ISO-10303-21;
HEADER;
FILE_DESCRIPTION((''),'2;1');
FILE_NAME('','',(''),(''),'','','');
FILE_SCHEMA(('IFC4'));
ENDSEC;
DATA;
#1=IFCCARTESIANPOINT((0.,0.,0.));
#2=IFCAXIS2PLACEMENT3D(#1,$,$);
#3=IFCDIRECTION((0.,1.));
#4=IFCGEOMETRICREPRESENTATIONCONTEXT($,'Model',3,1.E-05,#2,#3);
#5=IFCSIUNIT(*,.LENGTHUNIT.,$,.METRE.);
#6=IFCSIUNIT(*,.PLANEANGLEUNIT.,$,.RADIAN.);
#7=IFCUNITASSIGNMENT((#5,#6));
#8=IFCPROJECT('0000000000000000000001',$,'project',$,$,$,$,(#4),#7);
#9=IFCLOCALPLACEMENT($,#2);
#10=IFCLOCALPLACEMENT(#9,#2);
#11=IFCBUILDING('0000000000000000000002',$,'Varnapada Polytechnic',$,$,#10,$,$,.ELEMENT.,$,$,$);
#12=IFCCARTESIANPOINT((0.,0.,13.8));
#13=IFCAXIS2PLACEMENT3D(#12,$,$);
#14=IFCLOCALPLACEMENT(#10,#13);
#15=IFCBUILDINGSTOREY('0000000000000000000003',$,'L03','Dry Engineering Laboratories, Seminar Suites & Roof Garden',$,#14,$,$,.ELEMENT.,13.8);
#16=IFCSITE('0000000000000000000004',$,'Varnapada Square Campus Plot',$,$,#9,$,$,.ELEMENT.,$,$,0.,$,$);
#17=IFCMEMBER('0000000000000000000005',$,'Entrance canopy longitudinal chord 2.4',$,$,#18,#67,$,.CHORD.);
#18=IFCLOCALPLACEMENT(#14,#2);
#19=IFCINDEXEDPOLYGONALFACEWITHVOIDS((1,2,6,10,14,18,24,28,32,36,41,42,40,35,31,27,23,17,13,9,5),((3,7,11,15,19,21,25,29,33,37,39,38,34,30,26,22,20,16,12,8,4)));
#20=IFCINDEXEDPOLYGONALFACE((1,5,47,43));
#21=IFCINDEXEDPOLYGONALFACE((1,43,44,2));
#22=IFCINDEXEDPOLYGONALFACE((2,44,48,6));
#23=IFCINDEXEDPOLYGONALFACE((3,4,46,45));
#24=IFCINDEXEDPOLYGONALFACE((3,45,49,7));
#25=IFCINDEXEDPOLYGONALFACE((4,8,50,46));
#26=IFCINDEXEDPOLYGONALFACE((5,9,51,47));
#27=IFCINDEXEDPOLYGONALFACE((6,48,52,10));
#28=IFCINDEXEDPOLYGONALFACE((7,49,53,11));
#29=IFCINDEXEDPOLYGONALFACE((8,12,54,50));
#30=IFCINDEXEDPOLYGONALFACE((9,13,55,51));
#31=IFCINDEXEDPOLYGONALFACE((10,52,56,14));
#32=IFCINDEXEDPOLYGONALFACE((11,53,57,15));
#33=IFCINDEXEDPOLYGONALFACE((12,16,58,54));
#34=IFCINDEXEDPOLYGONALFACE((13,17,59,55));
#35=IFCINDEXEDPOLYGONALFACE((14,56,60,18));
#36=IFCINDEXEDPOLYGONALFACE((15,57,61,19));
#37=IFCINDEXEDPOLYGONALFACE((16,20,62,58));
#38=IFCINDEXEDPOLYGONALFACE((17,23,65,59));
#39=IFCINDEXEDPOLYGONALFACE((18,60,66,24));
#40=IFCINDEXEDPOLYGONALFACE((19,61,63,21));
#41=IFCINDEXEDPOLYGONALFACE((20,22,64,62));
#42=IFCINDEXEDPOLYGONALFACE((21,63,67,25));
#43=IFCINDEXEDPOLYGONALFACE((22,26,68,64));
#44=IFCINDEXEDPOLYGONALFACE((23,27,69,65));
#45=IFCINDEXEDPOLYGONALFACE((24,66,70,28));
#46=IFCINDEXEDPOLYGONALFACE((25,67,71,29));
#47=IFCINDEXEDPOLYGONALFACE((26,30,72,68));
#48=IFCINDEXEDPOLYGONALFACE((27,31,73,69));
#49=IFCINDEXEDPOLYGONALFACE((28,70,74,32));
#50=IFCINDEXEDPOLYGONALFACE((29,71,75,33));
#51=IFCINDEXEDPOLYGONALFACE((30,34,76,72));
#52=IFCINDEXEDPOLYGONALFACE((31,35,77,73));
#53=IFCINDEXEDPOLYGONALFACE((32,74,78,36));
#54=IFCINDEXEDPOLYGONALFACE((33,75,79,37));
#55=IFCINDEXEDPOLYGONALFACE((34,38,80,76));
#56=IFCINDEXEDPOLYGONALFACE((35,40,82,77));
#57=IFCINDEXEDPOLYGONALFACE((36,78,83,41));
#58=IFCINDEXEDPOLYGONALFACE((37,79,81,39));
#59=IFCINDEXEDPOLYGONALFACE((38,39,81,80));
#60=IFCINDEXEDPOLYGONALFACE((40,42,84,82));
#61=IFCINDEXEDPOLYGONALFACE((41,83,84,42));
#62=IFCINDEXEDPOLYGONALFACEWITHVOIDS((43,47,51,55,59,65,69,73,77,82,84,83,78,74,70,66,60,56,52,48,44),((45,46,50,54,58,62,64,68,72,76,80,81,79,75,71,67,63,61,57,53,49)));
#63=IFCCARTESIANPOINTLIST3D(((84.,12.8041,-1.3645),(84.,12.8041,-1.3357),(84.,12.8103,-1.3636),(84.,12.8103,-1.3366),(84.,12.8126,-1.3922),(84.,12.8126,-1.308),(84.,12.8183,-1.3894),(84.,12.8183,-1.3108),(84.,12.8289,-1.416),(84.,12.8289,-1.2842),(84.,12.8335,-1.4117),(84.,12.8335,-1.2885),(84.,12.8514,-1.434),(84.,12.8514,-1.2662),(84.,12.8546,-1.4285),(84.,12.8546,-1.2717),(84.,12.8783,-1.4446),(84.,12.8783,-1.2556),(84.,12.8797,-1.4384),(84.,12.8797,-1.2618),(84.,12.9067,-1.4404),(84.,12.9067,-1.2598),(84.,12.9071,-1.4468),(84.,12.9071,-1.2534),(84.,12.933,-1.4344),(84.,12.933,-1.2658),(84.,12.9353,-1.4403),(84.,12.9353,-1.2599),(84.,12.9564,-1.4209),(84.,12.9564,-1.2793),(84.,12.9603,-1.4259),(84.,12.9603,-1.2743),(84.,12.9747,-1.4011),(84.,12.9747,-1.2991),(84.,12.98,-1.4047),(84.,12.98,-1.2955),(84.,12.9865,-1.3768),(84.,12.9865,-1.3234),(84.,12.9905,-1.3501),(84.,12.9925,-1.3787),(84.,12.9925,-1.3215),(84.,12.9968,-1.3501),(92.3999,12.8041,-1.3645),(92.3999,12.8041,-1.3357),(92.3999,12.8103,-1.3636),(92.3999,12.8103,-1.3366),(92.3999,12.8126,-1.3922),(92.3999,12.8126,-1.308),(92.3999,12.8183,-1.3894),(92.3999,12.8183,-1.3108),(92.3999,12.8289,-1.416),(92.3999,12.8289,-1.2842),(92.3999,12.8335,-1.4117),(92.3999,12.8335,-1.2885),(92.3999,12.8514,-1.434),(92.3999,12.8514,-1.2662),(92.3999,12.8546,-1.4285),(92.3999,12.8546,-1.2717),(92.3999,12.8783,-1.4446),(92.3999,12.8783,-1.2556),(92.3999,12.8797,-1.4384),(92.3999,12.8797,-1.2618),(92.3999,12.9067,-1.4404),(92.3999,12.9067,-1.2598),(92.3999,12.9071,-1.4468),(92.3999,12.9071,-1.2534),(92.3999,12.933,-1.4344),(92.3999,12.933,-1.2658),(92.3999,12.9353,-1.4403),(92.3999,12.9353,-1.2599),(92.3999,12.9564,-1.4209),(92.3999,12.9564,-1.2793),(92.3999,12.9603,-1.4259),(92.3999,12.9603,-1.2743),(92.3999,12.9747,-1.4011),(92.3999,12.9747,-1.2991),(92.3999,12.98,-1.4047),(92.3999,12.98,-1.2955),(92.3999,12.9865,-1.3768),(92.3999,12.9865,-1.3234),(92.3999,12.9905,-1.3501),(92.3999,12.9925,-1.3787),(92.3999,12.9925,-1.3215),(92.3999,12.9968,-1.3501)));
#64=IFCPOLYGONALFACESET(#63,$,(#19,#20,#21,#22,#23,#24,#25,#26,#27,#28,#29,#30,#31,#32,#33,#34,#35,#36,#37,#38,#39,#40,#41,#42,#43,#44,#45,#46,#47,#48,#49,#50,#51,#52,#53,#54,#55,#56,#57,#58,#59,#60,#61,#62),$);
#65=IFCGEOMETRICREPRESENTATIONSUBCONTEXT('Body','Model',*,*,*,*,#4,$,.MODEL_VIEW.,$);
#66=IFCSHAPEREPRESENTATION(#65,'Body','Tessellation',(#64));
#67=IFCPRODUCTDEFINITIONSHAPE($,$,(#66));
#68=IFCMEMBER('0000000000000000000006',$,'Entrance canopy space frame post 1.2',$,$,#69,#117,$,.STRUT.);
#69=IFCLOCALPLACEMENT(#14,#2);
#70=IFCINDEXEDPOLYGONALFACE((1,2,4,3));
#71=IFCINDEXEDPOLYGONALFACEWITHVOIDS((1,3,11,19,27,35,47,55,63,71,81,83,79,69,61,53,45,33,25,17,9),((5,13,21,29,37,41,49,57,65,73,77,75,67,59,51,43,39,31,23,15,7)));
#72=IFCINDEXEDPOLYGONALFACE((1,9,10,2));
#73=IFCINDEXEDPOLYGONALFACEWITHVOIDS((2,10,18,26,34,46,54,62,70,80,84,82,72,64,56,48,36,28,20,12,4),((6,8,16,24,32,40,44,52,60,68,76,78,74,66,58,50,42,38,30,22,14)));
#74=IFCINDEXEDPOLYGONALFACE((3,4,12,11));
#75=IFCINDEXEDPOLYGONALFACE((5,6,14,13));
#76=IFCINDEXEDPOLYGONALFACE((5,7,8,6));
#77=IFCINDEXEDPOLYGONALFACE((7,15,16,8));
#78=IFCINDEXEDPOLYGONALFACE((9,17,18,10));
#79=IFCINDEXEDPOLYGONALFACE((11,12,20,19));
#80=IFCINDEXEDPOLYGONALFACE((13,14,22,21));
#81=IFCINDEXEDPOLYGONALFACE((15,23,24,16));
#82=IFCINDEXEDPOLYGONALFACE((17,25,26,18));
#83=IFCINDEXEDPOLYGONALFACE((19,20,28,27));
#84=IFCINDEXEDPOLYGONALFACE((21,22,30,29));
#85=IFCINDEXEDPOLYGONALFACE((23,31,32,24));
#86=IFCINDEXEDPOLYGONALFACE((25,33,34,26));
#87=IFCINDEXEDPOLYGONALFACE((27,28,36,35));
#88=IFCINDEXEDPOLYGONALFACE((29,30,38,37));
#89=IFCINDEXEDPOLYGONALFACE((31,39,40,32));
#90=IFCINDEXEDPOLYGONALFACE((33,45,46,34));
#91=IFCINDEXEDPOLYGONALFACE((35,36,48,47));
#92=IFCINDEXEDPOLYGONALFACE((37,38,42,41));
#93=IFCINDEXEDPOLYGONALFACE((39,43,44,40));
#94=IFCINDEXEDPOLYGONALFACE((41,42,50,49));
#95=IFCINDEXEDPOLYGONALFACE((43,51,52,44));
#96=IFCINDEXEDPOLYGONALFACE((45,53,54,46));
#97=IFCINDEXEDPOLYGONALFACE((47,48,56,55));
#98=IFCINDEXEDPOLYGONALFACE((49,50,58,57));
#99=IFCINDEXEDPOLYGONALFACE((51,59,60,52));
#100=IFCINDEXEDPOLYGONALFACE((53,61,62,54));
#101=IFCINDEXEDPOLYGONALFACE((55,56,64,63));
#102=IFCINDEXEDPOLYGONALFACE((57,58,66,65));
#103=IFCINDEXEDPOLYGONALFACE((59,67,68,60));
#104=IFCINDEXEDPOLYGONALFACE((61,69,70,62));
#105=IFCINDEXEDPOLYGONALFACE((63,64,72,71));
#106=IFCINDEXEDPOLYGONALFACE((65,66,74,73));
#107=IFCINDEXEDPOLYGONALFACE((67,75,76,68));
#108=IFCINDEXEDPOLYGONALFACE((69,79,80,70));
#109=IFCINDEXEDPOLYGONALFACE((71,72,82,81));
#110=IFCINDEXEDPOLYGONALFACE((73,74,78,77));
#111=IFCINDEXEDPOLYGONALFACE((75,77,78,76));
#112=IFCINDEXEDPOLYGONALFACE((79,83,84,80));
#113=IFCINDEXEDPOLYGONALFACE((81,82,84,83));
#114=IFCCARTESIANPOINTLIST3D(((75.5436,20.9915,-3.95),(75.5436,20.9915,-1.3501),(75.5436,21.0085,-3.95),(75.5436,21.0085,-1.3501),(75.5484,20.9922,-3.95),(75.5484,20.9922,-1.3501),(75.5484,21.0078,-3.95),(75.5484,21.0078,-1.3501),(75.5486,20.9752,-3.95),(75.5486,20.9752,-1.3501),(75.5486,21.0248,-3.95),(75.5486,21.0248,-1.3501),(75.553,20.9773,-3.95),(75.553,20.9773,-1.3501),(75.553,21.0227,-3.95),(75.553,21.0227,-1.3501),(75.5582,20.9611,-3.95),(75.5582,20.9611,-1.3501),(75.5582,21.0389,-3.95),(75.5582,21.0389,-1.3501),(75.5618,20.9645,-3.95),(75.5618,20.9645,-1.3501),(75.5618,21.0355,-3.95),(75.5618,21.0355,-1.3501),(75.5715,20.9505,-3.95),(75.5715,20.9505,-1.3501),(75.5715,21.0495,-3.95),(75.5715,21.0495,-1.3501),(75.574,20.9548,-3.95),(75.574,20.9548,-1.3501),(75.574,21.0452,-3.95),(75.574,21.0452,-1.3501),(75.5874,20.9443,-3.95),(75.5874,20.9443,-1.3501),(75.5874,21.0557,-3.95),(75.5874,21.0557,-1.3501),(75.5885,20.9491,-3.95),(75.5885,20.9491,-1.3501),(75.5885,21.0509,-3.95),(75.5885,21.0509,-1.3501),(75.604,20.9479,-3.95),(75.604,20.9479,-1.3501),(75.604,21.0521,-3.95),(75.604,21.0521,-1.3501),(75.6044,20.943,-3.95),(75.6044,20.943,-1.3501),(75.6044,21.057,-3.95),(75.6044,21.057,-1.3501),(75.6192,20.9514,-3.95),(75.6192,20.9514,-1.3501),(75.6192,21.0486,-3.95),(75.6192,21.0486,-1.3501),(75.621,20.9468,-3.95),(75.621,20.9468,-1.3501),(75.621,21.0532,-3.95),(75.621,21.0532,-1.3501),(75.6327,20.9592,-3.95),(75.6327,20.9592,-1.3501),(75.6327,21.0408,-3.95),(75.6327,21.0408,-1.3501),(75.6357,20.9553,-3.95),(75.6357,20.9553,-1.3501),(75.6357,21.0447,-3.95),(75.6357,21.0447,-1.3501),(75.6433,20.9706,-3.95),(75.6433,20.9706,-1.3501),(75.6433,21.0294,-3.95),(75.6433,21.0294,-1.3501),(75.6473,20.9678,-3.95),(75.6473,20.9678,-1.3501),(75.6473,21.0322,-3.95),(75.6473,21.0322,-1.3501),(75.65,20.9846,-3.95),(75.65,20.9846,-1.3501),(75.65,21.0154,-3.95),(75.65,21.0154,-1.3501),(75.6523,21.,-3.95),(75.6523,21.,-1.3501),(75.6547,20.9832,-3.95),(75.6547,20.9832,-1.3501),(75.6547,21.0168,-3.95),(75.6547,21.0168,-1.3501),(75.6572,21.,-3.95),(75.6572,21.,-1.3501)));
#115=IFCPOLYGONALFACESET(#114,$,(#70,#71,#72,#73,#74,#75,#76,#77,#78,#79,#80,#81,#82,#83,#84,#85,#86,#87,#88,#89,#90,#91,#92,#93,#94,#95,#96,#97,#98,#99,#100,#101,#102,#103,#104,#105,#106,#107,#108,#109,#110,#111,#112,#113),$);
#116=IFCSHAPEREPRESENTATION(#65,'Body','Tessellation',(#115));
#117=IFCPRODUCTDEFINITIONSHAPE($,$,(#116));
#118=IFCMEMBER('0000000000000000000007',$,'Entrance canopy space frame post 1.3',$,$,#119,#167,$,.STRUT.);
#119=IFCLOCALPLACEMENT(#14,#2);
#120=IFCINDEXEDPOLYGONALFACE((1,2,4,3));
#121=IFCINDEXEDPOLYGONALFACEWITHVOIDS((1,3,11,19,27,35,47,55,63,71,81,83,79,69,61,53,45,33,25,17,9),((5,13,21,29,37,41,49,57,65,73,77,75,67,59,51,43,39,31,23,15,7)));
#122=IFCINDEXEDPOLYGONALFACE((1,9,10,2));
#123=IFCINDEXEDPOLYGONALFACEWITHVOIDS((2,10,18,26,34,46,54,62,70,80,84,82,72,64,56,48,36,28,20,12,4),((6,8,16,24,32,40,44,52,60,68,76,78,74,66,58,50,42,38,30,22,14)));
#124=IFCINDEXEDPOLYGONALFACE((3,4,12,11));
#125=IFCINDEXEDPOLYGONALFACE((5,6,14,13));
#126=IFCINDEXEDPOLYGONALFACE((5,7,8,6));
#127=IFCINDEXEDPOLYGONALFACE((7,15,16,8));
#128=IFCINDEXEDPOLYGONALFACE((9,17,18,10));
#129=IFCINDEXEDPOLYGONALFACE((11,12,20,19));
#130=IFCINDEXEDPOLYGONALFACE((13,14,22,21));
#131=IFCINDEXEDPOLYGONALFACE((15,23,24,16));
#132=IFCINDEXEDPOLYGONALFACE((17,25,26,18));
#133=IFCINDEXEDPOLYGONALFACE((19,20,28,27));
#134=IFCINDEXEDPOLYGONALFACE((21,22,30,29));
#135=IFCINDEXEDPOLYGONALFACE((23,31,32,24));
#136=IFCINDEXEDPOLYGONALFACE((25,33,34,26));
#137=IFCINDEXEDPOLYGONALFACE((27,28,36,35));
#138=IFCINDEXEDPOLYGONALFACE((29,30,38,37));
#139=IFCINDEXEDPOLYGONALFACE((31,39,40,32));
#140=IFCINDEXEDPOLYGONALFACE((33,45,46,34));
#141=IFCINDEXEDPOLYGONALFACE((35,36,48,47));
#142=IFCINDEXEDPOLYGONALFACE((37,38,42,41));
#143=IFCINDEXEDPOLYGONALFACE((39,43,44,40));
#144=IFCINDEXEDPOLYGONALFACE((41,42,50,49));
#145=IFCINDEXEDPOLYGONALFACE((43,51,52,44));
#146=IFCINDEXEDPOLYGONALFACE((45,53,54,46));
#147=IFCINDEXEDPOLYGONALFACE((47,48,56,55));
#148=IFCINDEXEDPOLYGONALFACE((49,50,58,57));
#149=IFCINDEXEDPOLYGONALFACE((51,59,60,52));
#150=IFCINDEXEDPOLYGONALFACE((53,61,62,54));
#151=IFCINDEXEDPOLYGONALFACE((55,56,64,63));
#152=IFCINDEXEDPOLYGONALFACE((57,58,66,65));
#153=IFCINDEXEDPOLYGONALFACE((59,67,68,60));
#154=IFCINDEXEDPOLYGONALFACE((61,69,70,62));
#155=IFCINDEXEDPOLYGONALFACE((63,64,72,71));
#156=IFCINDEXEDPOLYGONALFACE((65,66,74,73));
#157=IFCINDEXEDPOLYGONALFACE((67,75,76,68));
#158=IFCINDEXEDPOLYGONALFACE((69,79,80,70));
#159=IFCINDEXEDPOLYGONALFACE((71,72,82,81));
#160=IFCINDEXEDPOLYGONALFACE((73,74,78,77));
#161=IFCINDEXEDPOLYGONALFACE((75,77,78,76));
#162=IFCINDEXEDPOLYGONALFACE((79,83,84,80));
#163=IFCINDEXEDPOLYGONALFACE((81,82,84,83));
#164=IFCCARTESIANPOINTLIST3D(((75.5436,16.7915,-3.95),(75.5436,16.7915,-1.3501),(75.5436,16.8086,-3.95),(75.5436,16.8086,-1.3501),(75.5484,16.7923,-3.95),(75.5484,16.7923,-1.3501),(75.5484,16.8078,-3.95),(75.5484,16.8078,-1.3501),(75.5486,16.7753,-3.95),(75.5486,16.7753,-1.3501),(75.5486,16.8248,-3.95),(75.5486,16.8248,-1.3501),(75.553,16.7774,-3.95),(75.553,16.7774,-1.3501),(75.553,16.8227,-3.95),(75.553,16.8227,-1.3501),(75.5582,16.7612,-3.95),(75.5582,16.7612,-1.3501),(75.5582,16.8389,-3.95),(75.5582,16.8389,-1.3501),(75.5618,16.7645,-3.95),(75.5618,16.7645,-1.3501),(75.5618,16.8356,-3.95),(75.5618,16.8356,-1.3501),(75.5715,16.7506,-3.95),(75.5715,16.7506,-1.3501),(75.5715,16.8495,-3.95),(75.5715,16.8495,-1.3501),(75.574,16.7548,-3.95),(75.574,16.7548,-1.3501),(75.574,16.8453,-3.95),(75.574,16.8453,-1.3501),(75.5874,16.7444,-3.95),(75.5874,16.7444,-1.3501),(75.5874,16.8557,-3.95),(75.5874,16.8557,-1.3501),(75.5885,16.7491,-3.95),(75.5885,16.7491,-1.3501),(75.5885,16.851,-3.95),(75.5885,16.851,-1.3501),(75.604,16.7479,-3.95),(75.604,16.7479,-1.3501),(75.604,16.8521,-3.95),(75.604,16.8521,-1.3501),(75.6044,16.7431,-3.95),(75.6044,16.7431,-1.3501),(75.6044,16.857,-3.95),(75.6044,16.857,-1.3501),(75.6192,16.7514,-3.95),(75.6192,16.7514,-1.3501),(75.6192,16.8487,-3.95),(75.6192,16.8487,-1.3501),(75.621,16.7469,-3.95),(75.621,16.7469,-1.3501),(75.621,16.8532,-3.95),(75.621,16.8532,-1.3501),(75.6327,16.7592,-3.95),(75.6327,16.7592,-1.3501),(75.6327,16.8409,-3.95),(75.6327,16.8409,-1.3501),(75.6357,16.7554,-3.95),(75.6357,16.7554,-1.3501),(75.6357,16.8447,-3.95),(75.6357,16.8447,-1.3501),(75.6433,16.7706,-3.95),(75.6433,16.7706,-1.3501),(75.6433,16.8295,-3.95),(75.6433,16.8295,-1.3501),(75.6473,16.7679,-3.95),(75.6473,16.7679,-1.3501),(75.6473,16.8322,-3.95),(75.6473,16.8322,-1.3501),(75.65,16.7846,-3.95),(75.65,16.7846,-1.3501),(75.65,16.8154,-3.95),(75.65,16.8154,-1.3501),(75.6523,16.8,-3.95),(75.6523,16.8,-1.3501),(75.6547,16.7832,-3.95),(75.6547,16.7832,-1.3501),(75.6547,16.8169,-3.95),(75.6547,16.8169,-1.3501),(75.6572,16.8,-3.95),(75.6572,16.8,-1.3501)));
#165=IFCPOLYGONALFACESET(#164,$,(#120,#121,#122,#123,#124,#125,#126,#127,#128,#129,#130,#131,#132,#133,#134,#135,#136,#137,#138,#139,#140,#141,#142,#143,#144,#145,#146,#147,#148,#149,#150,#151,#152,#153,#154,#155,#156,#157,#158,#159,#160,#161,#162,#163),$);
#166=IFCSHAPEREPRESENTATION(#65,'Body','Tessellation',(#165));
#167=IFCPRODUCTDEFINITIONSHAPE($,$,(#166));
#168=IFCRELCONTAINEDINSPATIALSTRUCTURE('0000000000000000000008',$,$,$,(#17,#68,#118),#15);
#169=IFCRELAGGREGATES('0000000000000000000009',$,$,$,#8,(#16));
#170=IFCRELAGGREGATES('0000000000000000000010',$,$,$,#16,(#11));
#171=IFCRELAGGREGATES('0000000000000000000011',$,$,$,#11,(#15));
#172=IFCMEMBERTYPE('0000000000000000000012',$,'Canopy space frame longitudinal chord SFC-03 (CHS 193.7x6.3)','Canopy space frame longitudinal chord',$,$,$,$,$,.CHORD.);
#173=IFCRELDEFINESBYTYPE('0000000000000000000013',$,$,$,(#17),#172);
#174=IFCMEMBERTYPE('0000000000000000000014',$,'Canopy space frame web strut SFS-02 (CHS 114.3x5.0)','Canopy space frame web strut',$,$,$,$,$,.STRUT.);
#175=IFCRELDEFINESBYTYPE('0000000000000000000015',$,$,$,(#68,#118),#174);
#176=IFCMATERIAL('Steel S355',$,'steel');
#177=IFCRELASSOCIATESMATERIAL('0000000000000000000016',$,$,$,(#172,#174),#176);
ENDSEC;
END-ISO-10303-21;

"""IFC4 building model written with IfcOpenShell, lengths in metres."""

from ifc_helpers import new_model, si_unit, direction, frame, origin, origin_2d, place, context, subcontext, project, spatial, hollow_circle, extrude, material, material_profile, profile_set, type_object, element, save


model = new_model("IFC4")

# Units and contexts
model_context = context("Model", 3, precision=1e-05, world=origin(), true_north=direction((0.0, 1.0)))
body_context = subcontext(model_context, "Body", "Model", "MODEL_VIEW")
ifc_project = project(units=[si_unit("LENGTHUNIT", "METRE"), si_unit("PLANEANGLEUNIT", "RADIAN")], contexts=[model_context])

# Site, building, storey
site_placement = place(None, origin())
site = spatial("IfcSite", under=ifc_project, at=site_placement, Name="Varnapada Square Campus Plot", CompositionType="ELEMENT", RefElevation=0.0)
building_placement = place(site_placement, origin())
building = spatial("IfcBuilding", under=site, at=building_placement, Name="Varnapada Polytechnic", CompositionType="ELEMENT")
storey_placement = place(building_placement, frame((0.0, 0.0, 13.8)))
storey = spatial("IfcBuildingStorey", under=building, at=storey_placement, Name="L03", Description="Dry Engineering Laboratories, Seminar Suites & Roof Garden", CompositionType="ELEMENT", Elevation=13.8)

# Members
ifc_material = material(Name="Steel S355", Category="steel")
ifc_material_profile_1 = material_profile(ifc_material, hollow_circle(Radius=0.0969, WallThickness=0.0063, at=origin_2d()), Name="CHS 193.7x6.3")
ifc_profile_set_1 = profile_set([ifc_material_profile_1], Name="Steel S355")
member_type_1 = type_object("IfcMemberType", Name="Canopy space frame longitudinal chord SFC-03 (CHS 193.7x6.3)", Description="Canopy space frame longitudinal chord", PredefinedType="CHORD", material=ifc_profile_set_1)
for number, where, z_axis, x_axis, name in (
    (1, (84.0, 12.8999, -1.3501), (1.0, 0.0, 0.0), (0.0, 1.0, 0.0), "Entrance canopy longitudinal chord 2.4"),
):
    element("IfcMember", number, at=place(storey_placement, frame(where, z_axis=z_axis, x_axis=x_axis)), inside=storey, type_object=member_type_1, Name=name, PredefinedType="CHORD", context=body_context, shape_type="SweptSolid", body=[
        extrude(hollow_circle(Radius=0.0969, WallThickness=0.0063, at=origin_2d()), origin(), (0.0, 0.0, 1.0), 8.3999),
    ])
ifc_material_profile_2 = material_profile(ifc_material, hollow_circle(Radius=0.0571, WallThickness=0.0049, at=origin_2d()), Name="CHS 114.3x5.0")
ifc_profile_set_2 = profile_set([ifc_material_profile_2], Name="Steel S355")
member_type_2 = type_object("IfcMemberType", Name="Canopy space frame web strut SFS-02 (CHS 114.3x5.0)", Description="Canopy space frame web strut", PredefinedType="STRUT", material=ifc_profile_set_2)
for number, where, z_axis, x_axis, name in (
    (2, (75.6001, 21.0, -3.95), (0.0, 0.0, 1.0), (1.0, 0.0, 0.0), "Entrance canopy space frame post 1.2"),
    (3, (75.6001, 16.8, -3.95), (0.0, 0.0, 1.0), (1.0, 0.0, 0.0), "Entrance canopy space frame post 1.3"),
):
    element("IfcMember", number, at=place(storey_placement, frame(where, z_axis=z_axis, x_axis=x_axis)), inside=storey, type_object=member_type_2, Name=name, PredefinedType="STRUT", context=body_context, shape_type="SweptSolid", body=[
        extrude(hollow_circle(Radius=0.0571, WallThickness=0.0049, at=origin_2d()), origin(), (0.0, 0.0, 1.0), 2.5999),
    ])

save(model, "model.ifc")
